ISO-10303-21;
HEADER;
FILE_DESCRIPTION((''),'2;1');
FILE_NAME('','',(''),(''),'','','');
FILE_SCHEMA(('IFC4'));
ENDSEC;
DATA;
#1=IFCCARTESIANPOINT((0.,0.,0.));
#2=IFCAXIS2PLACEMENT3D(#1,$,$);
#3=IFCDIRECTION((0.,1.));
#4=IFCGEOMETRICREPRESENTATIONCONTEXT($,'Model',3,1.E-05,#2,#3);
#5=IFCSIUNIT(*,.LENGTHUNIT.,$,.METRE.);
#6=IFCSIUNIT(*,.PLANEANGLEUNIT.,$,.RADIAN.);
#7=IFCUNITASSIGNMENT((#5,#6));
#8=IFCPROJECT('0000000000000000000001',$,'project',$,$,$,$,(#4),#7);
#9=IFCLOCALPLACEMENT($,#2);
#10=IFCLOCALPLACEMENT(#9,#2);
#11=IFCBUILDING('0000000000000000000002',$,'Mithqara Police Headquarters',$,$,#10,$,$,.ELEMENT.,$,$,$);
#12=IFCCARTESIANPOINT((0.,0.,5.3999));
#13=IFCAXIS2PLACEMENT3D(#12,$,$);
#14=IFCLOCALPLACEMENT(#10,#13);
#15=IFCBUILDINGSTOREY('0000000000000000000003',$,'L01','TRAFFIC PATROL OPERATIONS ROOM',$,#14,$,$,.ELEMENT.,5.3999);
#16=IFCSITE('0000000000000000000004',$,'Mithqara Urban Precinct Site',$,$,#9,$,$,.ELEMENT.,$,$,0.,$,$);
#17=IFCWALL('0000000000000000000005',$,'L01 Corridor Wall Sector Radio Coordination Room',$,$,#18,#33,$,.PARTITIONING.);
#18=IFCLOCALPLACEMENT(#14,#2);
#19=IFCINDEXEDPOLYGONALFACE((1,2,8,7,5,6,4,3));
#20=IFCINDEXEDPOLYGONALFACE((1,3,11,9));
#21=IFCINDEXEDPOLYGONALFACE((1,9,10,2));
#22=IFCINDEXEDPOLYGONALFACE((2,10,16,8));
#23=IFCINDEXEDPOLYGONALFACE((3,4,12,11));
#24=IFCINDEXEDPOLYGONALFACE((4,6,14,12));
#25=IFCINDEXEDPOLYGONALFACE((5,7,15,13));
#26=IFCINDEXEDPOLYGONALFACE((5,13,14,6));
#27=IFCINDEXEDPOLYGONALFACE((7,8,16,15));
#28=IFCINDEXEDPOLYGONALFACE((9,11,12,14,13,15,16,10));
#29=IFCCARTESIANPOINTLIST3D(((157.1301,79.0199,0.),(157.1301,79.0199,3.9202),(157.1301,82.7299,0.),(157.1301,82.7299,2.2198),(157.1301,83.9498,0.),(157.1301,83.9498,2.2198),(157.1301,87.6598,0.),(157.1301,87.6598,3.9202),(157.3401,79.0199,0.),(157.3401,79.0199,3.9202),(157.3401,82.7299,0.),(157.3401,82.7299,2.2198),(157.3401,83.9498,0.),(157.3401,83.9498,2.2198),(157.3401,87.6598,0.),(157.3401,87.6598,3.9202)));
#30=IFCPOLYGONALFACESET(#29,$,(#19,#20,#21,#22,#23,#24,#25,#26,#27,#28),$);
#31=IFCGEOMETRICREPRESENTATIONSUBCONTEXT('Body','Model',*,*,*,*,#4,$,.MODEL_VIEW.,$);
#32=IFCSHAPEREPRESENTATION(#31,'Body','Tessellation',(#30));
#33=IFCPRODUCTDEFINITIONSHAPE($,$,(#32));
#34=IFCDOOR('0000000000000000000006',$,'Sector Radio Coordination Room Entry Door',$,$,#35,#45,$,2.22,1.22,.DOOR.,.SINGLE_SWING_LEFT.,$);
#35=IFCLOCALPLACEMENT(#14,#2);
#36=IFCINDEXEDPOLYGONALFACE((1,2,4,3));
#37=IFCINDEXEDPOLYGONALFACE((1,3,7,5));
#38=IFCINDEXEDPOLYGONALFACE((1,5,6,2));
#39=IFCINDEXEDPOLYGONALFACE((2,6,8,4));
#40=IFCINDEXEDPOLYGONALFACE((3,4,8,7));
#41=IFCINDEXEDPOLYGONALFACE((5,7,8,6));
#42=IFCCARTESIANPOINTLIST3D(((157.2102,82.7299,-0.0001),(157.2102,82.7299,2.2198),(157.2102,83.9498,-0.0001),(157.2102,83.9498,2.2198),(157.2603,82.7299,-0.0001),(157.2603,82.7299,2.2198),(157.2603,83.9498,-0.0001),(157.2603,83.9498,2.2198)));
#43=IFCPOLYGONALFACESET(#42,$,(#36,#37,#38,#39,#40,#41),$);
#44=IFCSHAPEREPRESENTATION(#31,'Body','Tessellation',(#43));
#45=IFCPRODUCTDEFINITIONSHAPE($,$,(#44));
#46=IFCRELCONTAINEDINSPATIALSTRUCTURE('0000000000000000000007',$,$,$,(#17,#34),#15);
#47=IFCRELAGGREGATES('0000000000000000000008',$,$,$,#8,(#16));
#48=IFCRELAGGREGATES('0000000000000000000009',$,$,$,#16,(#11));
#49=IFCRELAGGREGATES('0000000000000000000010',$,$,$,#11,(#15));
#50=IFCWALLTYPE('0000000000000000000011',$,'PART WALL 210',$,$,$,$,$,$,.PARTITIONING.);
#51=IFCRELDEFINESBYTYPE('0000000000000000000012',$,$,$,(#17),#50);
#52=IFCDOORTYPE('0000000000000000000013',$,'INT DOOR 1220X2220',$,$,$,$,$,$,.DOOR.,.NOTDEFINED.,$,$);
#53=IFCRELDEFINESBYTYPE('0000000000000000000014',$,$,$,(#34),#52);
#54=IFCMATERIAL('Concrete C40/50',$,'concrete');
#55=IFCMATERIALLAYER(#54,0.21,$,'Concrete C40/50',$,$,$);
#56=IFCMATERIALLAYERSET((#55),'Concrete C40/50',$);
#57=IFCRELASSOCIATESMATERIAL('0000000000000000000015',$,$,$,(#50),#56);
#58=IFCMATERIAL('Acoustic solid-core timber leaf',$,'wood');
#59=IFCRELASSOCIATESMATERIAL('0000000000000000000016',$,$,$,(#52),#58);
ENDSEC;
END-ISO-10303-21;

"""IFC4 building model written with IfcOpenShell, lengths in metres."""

from ifc_helpers import new_model, si_unit, direction, frame, frame_2d, origin, place, context, subcontext, project, spatial, rectangle, extrude, material, layer, layer_set, type_object, element, fill, save


model = new_model("IFC4")

# Units and contexts
model_context = context("Model", 3, precision=1e-05, world=origin(), true_north=direction((0.0, 1.0)))
body_context = subcontext(model_context, "Body", "Model", "MODEL_VIEW")
ifc_project = project(units=[si_unit("LENGTHUNIT", "METRE"), si_unit("PLANEANGLEUNIT", "RADIAN")], contexts=[model_context])

# Site, building, storey
site_placement = place(None, origin())
site = spatial("IfcSite", under=ifc_project, at=site_placement, Name="Mithqara Urban Precinct Site", CompositionType="ELEMENT", RefElevation=0.0)
building_placement = place(site_placement, origin())
building = spatial("IfcBuilding", under=site, at=building_placement, Name="Mithqara Police Headquarters", CompositionType="ELEMENT")
storey_placement = place(building_placement, frame((0.0, 0.0, 5.3999)))
storey = spatial("IfcBuildingStorey", under=building, at=storey_placement, Name="L01", Description="TRAFFIC PATROL OPERATIONS ROOM", CompositionType="ELEMENT", Elevation=5.3999)

# Shared definitions
ifc_material_1 = material(Name="Concrete C40/50", Category="concrete")

# Wall, opening, door
ifc_layer_1 = layer(ifc_material_1, 0.21, Name="Concrete C40/50")
ifc_layer_set_1 = layer_set([ifc_layer_1], Name="Concrete C40/50")
wall_type = type_object("IfcWallType", Name="PART WALL 210", PredefinedType="PARTITIONING", material=ifc_layer_set_1)
ifc_material_2 = material(Name="Acoustic solid-core timber leaf", Category="wood")
wall_1_placement = place(storey_placement, frame((157.2351, 79.02, 0.0), z_axis=(0.0, 0.0, 1.0), x_axis=(0.0, 1.0, 0.0)))
wall_1 = element("IfcWall", 1, at=wall_1_placement, inside=storey, type_object=wall_type, Name="L01 Corridor Wall Sector Radio Coordination Room", PredefinedType="PARTITIONING", context=body_context, shape_type="SweptSolid", body=[
    extrude(rectangle(XDim=8.6399, YDim=0.21, at=frame_2d((4.3198, 0.0))), origin(), (0.0, 0.0, 1.0), 3.9202),
])
opening_1_placement = place(wall_1_placement, frame((3.71, 0.0, 0.0)))
opening_1 = element("IfcOpeningElement", 2, at=opening_1_placement, cuts=wall_1, PredefinedType="OPENING", context=body_context, shape_type="SweptSolid", body=[
    extrude(rectangle(XDim=1.22, YDim=2.22, at=frame_2d((0.6099, 1.1099))), frame((0.0, 0.115, 0.0), z_axis=(0.0, -1.0, 0.0), x_axis=(1.0, 0.0, 0.0)), (0.0, 0.0, 1.0), 0.23),
])
door_type_1 = type_object("IfcDoorType", Name="INT DOOR 1220X2220", OperationType="NOTDEFINED", PredefinedType="DOOR", material=ifc_material_2)
door_1_placement = place(opening_1_placement, origin())
door_1 = element("IfcDoor", 3, at=door_1_placement, inside=storey, type_object=door_type_1, Name="Sector Radio Coordination Room Entry Door", OperationType="SINGLE_SWING_LEFT", OverallHeight=2.22, OverallWidth=1.22, PredefinedType="DOOR", context=body_context, shape_type="SweptSolid", body=[
    extrude(rectangle(XDim=1.22, YDim=2.22, at=frame_2d((0.6099, 1.1099))), frame((0.0, 0.0249, 0.0), z_axis=(0.0, -1.0, 0.0), x_axis=(1.0, 0.0, 0.0)), (0.0, 0.0, 1.0), 0.05),
])
fill(opening_1, door_1)

save(model, "model.ifc")
